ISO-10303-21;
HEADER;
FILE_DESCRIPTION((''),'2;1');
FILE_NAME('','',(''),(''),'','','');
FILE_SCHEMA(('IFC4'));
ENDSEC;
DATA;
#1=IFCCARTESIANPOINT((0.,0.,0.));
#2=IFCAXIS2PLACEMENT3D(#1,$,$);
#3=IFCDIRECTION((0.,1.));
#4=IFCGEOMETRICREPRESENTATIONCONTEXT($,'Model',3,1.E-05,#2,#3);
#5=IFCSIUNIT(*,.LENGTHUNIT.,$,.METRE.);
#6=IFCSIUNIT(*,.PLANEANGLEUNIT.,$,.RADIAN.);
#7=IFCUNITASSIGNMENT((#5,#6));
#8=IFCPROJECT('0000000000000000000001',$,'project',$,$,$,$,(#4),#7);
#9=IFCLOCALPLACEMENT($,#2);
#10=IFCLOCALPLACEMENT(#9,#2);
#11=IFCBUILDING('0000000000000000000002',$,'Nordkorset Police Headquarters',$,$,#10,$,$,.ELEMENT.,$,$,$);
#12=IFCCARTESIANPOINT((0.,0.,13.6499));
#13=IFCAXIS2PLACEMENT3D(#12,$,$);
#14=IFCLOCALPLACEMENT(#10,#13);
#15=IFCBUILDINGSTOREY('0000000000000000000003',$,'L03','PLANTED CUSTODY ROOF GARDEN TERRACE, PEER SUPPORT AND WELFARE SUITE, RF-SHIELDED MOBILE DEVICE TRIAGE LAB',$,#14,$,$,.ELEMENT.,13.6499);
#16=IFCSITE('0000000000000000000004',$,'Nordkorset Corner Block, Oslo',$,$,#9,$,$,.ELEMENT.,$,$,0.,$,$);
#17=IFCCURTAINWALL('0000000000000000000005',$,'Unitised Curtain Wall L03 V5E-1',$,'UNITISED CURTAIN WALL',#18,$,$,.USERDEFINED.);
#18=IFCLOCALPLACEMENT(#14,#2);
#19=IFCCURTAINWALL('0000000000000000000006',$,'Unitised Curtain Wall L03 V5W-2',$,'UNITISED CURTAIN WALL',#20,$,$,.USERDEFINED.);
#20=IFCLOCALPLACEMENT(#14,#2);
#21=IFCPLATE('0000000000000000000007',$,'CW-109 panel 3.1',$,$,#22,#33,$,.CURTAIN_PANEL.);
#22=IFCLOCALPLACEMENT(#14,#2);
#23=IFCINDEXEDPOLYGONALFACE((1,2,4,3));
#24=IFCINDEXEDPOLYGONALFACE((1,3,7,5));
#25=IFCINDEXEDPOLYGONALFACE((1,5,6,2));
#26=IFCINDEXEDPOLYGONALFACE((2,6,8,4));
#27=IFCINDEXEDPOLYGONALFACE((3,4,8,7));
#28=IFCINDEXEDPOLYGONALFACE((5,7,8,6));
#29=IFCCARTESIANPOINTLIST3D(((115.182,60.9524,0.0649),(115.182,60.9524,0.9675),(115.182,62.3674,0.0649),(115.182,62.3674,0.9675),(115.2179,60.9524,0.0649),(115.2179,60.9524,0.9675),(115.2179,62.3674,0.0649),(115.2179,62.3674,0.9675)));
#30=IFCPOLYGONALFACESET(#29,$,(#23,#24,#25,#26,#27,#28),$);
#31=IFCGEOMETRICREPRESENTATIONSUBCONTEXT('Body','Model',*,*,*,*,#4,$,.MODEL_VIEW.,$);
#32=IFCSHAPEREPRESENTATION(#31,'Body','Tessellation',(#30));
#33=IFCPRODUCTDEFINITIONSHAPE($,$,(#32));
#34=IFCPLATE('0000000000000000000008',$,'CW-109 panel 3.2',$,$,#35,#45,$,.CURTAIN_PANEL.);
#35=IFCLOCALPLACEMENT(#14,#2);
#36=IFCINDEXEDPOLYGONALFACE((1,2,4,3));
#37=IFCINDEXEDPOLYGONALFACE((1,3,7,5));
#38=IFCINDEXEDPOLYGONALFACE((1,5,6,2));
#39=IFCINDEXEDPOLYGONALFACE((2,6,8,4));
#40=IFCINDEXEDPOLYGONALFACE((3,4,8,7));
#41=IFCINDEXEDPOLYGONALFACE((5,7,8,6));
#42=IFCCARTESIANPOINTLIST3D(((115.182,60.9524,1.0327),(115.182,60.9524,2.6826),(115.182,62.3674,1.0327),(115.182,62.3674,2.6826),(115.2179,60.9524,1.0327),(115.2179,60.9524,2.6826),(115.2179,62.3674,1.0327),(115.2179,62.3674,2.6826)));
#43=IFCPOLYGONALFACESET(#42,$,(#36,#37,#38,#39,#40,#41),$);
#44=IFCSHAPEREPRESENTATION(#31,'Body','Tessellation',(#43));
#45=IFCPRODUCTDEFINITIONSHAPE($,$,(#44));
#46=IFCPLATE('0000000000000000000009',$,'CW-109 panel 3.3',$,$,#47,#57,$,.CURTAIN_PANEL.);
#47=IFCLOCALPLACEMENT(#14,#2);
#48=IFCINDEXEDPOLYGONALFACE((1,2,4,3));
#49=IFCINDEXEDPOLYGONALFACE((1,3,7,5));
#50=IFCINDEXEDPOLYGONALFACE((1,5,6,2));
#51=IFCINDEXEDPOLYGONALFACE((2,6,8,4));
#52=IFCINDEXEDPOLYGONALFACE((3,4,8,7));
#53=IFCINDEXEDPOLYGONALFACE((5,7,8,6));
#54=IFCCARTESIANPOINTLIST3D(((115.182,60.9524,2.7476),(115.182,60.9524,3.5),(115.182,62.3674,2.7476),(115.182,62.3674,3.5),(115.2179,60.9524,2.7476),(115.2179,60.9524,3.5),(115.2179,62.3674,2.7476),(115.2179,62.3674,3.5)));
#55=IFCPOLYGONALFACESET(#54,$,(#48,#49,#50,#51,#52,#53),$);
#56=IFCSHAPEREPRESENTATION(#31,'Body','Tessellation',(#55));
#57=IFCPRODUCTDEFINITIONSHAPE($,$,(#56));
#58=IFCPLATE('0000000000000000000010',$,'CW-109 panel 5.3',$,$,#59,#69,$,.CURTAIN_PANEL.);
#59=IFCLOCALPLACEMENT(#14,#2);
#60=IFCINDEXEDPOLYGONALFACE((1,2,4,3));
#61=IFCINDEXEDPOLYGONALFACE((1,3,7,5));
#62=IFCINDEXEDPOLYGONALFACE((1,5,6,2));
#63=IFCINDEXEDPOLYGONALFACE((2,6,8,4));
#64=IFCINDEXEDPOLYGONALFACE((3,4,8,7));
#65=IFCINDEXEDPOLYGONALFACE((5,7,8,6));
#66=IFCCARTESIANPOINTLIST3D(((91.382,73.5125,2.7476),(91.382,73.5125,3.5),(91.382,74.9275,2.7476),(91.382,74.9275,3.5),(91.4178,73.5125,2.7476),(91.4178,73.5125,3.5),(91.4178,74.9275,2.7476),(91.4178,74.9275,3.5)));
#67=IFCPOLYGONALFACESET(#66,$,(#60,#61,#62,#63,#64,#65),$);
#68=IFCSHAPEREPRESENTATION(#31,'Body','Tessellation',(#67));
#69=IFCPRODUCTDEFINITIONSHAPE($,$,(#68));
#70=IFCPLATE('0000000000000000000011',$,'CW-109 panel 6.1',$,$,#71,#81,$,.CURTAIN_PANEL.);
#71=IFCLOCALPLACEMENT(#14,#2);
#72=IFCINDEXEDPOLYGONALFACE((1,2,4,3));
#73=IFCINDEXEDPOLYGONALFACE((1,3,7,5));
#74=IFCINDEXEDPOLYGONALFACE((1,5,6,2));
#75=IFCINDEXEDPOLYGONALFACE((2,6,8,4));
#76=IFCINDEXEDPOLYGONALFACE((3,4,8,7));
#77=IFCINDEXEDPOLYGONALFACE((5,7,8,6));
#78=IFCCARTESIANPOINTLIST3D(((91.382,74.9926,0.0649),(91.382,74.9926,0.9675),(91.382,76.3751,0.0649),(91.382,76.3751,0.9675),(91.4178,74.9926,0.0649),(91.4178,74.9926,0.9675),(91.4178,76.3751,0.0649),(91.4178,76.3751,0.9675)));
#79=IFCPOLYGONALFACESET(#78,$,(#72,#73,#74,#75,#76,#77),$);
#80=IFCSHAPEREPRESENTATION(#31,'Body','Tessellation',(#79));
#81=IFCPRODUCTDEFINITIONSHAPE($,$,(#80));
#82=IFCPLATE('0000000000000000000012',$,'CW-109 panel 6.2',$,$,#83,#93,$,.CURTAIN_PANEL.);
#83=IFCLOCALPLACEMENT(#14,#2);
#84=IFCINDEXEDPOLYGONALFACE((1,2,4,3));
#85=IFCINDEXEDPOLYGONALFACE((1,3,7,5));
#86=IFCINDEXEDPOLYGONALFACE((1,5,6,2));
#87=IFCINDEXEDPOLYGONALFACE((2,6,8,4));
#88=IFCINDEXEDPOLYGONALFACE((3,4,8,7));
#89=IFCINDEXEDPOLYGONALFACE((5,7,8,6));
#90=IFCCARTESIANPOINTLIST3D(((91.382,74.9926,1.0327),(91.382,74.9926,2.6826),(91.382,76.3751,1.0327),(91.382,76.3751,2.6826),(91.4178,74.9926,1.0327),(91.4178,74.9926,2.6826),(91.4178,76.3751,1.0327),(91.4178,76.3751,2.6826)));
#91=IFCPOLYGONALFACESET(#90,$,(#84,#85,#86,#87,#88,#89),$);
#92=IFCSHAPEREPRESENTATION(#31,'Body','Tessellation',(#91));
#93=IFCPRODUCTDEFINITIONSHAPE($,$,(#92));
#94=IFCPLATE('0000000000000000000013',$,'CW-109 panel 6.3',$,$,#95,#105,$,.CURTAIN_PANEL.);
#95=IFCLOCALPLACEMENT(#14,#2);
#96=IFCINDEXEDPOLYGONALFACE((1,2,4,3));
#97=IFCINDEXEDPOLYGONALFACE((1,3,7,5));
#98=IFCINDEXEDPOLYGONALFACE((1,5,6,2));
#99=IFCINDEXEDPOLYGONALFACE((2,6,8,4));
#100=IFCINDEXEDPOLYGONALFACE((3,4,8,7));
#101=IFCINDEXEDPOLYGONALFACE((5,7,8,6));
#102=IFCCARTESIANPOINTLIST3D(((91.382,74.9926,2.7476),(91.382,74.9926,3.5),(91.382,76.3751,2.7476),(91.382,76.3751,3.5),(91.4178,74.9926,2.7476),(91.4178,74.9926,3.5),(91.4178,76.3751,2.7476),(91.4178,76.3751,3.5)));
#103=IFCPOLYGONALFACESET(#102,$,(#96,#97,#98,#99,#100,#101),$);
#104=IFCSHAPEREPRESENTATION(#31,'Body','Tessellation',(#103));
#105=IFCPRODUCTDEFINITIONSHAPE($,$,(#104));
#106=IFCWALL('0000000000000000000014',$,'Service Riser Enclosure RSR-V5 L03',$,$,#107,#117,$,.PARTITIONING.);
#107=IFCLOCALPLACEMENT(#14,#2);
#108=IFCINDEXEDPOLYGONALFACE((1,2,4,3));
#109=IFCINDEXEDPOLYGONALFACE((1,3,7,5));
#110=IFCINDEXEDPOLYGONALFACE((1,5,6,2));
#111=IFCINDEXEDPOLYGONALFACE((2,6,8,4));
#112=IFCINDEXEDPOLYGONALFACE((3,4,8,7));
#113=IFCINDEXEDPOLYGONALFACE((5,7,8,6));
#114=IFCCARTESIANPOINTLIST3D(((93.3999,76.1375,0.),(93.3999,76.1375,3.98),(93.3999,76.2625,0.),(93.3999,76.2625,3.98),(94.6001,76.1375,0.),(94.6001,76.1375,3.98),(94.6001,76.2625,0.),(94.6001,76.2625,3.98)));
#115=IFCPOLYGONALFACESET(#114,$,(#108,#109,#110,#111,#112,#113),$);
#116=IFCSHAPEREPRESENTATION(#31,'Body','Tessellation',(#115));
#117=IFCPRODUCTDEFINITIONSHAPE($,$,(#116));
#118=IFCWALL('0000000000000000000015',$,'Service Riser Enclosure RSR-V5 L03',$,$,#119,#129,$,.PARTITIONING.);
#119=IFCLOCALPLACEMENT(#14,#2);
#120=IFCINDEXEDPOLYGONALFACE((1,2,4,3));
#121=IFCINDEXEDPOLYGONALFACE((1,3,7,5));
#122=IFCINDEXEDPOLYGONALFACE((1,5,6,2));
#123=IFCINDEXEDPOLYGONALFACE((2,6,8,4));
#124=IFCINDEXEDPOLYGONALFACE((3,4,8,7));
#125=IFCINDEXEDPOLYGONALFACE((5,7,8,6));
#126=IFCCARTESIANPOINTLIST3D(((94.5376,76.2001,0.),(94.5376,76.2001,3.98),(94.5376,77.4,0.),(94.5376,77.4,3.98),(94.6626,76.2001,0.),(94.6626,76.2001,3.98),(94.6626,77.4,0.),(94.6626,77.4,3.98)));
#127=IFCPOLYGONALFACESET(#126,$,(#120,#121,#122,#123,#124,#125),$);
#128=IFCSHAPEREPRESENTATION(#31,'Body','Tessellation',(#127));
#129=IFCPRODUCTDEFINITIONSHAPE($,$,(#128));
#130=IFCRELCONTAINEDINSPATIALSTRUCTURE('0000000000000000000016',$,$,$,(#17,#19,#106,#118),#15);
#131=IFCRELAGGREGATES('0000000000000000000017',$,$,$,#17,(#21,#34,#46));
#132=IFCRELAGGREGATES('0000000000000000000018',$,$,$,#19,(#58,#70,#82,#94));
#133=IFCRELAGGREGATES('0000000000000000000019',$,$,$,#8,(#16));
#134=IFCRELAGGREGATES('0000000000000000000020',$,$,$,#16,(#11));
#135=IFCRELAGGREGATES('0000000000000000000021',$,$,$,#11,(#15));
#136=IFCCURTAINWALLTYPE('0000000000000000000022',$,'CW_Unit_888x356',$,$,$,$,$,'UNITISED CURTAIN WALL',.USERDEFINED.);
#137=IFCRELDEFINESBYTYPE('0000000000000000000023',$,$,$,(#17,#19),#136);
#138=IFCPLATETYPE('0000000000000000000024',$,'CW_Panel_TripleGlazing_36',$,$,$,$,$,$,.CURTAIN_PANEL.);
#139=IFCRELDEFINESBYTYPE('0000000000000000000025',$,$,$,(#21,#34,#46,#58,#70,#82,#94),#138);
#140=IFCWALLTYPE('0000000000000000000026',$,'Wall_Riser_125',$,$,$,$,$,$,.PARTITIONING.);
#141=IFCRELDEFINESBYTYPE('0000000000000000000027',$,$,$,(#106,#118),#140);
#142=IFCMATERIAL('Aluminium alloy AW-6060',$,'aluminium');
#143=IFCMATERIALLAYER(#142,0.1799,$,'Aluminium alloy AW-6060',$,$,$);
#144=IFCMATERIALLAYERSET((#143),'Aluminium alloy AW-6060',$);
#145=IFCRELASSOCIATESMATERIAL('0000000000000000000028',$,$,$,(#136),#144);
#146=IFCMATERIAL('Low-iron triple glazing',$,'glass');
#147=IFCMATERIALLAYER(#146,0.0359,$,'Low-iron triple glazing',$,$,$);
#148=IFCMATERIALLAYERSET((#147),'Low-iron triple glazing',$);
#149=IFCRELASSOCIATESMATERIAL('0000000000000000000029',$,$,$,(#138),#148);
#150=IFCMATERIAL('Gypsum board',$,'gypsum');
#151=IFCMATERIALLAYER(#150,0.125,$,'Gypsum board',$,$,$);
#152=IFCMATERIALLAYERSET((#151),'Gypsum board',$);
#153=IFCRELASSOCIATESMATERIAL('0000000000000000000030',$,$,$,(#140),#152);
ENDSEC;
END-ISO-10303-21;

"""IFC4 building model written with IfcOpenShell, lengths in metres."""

from ifc_helpers import new_model, si_unit, direction, frame, frame_2d, origin, origin_2d, place, context, subcontext, project, spatial, rectangle, extrude, material, layer, layer_set, type_object, element, aggregate, save


model = new_model("IFC4")

# Units and contexts
model_context = context("Model", 3, precision=1e-05, world=origin(), true_north=direction((0.0, 1.0)))
body_context = subcontext(model_context, "Body", "Model", "MODEL_VIEW")
ifc_project = project(units=[si_unit("LENGTHUNIT", "METRE"), si_unit("PLANEANGLEUNIT", "RADIAN")], contexts=[model_context])

# Site, building, storey
site_placement = place(None, origin())
site = spatial("IfcSite", under=ifc_project, at=site_placement, Name="Nordkorset Corner Block, Oslo", CompositionType="ELEMENT", RefElevation=0.0)
building_placement = place(site_placement, origin())
building = spatial("IfcBuilding", under=site, at=building_placement, Name="Nordkorset Police Headquarters", CompositionType="ELEMENT")
storey_placement = place(building_placement, frame((0.0, 0.0, 13.6499)))
storey = spatial("IfcBuildingStorey", under=building, at=storey_placement, Name="L03", Description="PLANTED CUSTODY ROOF GARDEN TERRACE, PEER SUPPORT AND WELFARE SUITE, RF-SHIELDED MOBILE DEVICE TRIAGE LAB", CompositionType="ELEMENT", Elevation=13.6499)

# Curtain wall
ifc_material_1 = material(Name="Aluminium alloy AW-6060", Category="aluminium")
ifc_layer_1 = layer(ifc_material_1, 0.1799, Name="Aluminium alloy AW-6060")
ifc_layer_set_1 = layer_set([ifc_layer_1], Name="Aluminium alloy AW-6060")
curtain_wall_type = type_object("IfcCurtainWallType", Name="CW_Unit_888x356", ElementType="UNITISED CURTAIN WALL", PredefinedType="USERDEFINED", material=ifc_layer_set_1)
curtain_wall_1_placement = place(storey_placement, origin())
curtain_wall_1 = element("IfcCurtainWall", 1, at=curtain_wall_1_placement, inside=storey, type_object=curtain_wall_type, Name="Unitised Curtain Wall L03 V5E-1", ObjectType="UNITISED CURTAIN WALL", PredefinedType="USERDEFINED")

# Curtain wall
curtain_wall_2_placement = place(storey_placement, origin())
curtain_wall_2 = element("IfcCurtainWall", 2, at=curtain_wall_2_placement, inside=storey, type_object=curtain_wall_type, Name="Unitised Curtain Wall L03 V5W-2", ObjectType="UNITISED CURTAIN WALL", PredefinedType="USERDEFINED")

# Plates
ifc_material_2 = material(Name="Low-iron triple glazing", Category="glass")
ifc_layer_2 = layer(ifc_material_2, 0.0359, Name="Low-iron triple glazing")
ifc_layer_set_2 = layer_set([ifc_layer_2], Name="Low-iron triple glazing")
plate_type = type_object("IfcPlateType", Name="CW_Panel_TripleGlazing_36", PredefinedType="CURTAIN_PANEL", material=ifc_layer_set_2)
plate_1_placement = place(storey_placement, frame((115.2, 61.6599, 0.0649), z_axis=(0.0, 0.0, 1.0), x_axis=(0.0, 1.0, 0.0)))
plate_1 = element("IfcPlate", 3, at=plate_1_placement, type_object=plate_type, Name="CW-109 panel 3.1", PredefinedType="CURTAIN_PANEL", context=body_context, shape_type="SweptSolid", body=[
    extrude(rectangle(XDim=1.415, YDim=0.0359, at=origin_2d()), origin(), (0.0, 0.0, 1.0), 0.9026),
])
plate_2_placement = place(storey_placement, frame((115.2, 61.6599, 1.0327), z_axis=(0.0, 0.0, 1.0), x_axis=(0.0, 1.0, 0.0)))
plate_2 = element("IfcPlate", 4, at=plate_2_placement, type_object=plate_type, Name="CW-109 panel 3.2", PredefinedType="CURTAIN_PANEL", context=body_context, shape_type="SweptSolid", body=[
    extrude(rectangle(XDim=1.415, YDim=0.0359, at=origin_2d()), origin(), (0.0, 0.0, 1.0), 1.6499),
])
plate_3_placement = place(storey_placement, frame((115.2, 61.6599, 2.7476), z_axis=(0.0, 0.0, 1.0), x_axis=(0.0, 1.0, 0.0)))
plate_3 = element("IfcPlate", 5, at=plate_3_placement, type_object=plate_type, Name="CW-109 panel 3.3", PredefinedType="CURTAIN_PANEL", context=body_context, shape_type="SweptSolid", body=[
    extrude(rectangle(XDim=1.415, YDim=0.0359, at=origin_2d()), origin(), (0.0, 0.0, 1.0), 0.7524),
])
aggregate(curtain_wall_1, [plate_1, plate_2, plate_3])
plate_4_placement = place(storey_placement, frame((91.3999, 74.22, 2.7476), z_axis=(0.0, 0.0, 1.0), x_axis=(0.0, 1.0, 0.0)))
plate_4 = element("IfcPlate", 6, at=plate_4_placement, type_object=plate_type, Name="CW-109 panel 5.3", PredefinedType="CURTAIN_PANEL", context=body_context, shape_type="SweptSolid", body=[
    extrude(rectangle(XDim=1.415, YDim=0.0359, at=origin_2d()), origin(), (0.0, 0.0, 1.0), 0.7524),
])
plate_5_placement = place(storey_placement, frame((91.3999, 75.6838, 0.0649), z_axis=(0.0, 0.0, 1.0), x_axis=(0.0, 1.0, 0.0)))
plate_5 = element("IfcPlate", 7, at=plate_5_placement, type_object=plate_type, Name="CW-109 panel 6.1", PredefinedType="CURTAIN_PANEL", context=body_context, shape_type="SweptSolid", body=[
    extrude(rectangle(XDim=1.3826, YDim=0.0359, at=origin_2d()), origin(), (0.0, 0.0, 1.0), 0.9026),
])
plate_6_placement = place(storey_placement, frame((91.3999, 75.6838, 1.0327), z_axis=(0.0, 0.0, 1.0), x_axis=(0.0, 1.0, 0.0)))
plate_6 = element("IfcPlate", 8, at=plate_6_placement, type_object=plate_type, Name="CW-109 panel 6.2", PredefinedType="CURTAIN_PANEL", context=body_context, shape_type="SweptSolid", body=[
    extrude(rectangle(XDim=1.3826, YDim=0.0359, at=origin_2d()), origin(), (0.0, 0.0, 1.0), 1.6499),
])
plate_7_placement = place(storey_placement, frame((91.3999, 75.6838, 2.7476), z_axis=(0.0, 0.0, 1.0), x_axis=(0.0, 1.0, 0.0)))
plate_7 = element("IfcPlate", 9, at=plate_7_placement, type_object=plate_type, Name="CW-109 panel 6.3", PredefinedType="CURTAIN_PANEL", context=body_context, shape_type="SweptSolid", body=[
    extrude(rectangle(XDim=1.3826, YDim=0.0359, at=origin_2d()), origin(), (0.0, 0.0, 1.0), 0.7524),
])
aggregate(curtain_wall_2, [plate_4, plate_5, plate_6, plate_7])

# Walls
ifc_material_3 = material(Name="Gypsum board", Category="gypsum")
ifc_layer_3 = layer(ifc_material_3, 0.125, Name="Gypsum board")
ifc_layer_set_3 = layer_set([ifc_layer_3], Name="Gypsum board")
wall_type = type_object("IfcWallType", Name="Wall_Riser_125", PredefinedType="PARTITIONING", material=ifc_layer_set_3)
wall_1_placement = place(storey_placement, frame((93.3999, 76.2, 0.0), z_axis=(0.0, 0.0, 1.0), x_axis=(1.0, 0.0, 0.0)))
element("IfcWall", 10, at=wall_1_placement, inside=storey, type_object=wall_type, Name="Service Riser Enclosure RSR-V5 L03", PredefinedType="PARTITIONING", context=body_context, shape_type="SweptSolid", body=[
    extrude(rectangle(XDim=1.2002, YDim=0.125, at=frame_2d((0.6001, 0.0))), origin(), (0.0, 0.0, 1.0), 3.98),
])
wall_2_placement = place(storey_placement, frame((94.6001, 76.2, 0.0), z_axis=(0.0, 0.0, 1.0), x_axis=(0.0, 1.0, 0.0)))
element("IfcWall", 11, at=wall_2_placement, inside=storey, type_object=wall_type, Name="Service Riser Enclosure RSR-V5 L03", PredefinedType="PARTITIONING", context=body_context, shape_type="SweptSolid", body=[
    extrude(rectangle(XDim=1.2, YDim=0.125, at=frame_2d((0.6001, 0.0))), origin(), (0.0, 0.0, 1.0), 3.98),
])

save(model, "model.ifc")
